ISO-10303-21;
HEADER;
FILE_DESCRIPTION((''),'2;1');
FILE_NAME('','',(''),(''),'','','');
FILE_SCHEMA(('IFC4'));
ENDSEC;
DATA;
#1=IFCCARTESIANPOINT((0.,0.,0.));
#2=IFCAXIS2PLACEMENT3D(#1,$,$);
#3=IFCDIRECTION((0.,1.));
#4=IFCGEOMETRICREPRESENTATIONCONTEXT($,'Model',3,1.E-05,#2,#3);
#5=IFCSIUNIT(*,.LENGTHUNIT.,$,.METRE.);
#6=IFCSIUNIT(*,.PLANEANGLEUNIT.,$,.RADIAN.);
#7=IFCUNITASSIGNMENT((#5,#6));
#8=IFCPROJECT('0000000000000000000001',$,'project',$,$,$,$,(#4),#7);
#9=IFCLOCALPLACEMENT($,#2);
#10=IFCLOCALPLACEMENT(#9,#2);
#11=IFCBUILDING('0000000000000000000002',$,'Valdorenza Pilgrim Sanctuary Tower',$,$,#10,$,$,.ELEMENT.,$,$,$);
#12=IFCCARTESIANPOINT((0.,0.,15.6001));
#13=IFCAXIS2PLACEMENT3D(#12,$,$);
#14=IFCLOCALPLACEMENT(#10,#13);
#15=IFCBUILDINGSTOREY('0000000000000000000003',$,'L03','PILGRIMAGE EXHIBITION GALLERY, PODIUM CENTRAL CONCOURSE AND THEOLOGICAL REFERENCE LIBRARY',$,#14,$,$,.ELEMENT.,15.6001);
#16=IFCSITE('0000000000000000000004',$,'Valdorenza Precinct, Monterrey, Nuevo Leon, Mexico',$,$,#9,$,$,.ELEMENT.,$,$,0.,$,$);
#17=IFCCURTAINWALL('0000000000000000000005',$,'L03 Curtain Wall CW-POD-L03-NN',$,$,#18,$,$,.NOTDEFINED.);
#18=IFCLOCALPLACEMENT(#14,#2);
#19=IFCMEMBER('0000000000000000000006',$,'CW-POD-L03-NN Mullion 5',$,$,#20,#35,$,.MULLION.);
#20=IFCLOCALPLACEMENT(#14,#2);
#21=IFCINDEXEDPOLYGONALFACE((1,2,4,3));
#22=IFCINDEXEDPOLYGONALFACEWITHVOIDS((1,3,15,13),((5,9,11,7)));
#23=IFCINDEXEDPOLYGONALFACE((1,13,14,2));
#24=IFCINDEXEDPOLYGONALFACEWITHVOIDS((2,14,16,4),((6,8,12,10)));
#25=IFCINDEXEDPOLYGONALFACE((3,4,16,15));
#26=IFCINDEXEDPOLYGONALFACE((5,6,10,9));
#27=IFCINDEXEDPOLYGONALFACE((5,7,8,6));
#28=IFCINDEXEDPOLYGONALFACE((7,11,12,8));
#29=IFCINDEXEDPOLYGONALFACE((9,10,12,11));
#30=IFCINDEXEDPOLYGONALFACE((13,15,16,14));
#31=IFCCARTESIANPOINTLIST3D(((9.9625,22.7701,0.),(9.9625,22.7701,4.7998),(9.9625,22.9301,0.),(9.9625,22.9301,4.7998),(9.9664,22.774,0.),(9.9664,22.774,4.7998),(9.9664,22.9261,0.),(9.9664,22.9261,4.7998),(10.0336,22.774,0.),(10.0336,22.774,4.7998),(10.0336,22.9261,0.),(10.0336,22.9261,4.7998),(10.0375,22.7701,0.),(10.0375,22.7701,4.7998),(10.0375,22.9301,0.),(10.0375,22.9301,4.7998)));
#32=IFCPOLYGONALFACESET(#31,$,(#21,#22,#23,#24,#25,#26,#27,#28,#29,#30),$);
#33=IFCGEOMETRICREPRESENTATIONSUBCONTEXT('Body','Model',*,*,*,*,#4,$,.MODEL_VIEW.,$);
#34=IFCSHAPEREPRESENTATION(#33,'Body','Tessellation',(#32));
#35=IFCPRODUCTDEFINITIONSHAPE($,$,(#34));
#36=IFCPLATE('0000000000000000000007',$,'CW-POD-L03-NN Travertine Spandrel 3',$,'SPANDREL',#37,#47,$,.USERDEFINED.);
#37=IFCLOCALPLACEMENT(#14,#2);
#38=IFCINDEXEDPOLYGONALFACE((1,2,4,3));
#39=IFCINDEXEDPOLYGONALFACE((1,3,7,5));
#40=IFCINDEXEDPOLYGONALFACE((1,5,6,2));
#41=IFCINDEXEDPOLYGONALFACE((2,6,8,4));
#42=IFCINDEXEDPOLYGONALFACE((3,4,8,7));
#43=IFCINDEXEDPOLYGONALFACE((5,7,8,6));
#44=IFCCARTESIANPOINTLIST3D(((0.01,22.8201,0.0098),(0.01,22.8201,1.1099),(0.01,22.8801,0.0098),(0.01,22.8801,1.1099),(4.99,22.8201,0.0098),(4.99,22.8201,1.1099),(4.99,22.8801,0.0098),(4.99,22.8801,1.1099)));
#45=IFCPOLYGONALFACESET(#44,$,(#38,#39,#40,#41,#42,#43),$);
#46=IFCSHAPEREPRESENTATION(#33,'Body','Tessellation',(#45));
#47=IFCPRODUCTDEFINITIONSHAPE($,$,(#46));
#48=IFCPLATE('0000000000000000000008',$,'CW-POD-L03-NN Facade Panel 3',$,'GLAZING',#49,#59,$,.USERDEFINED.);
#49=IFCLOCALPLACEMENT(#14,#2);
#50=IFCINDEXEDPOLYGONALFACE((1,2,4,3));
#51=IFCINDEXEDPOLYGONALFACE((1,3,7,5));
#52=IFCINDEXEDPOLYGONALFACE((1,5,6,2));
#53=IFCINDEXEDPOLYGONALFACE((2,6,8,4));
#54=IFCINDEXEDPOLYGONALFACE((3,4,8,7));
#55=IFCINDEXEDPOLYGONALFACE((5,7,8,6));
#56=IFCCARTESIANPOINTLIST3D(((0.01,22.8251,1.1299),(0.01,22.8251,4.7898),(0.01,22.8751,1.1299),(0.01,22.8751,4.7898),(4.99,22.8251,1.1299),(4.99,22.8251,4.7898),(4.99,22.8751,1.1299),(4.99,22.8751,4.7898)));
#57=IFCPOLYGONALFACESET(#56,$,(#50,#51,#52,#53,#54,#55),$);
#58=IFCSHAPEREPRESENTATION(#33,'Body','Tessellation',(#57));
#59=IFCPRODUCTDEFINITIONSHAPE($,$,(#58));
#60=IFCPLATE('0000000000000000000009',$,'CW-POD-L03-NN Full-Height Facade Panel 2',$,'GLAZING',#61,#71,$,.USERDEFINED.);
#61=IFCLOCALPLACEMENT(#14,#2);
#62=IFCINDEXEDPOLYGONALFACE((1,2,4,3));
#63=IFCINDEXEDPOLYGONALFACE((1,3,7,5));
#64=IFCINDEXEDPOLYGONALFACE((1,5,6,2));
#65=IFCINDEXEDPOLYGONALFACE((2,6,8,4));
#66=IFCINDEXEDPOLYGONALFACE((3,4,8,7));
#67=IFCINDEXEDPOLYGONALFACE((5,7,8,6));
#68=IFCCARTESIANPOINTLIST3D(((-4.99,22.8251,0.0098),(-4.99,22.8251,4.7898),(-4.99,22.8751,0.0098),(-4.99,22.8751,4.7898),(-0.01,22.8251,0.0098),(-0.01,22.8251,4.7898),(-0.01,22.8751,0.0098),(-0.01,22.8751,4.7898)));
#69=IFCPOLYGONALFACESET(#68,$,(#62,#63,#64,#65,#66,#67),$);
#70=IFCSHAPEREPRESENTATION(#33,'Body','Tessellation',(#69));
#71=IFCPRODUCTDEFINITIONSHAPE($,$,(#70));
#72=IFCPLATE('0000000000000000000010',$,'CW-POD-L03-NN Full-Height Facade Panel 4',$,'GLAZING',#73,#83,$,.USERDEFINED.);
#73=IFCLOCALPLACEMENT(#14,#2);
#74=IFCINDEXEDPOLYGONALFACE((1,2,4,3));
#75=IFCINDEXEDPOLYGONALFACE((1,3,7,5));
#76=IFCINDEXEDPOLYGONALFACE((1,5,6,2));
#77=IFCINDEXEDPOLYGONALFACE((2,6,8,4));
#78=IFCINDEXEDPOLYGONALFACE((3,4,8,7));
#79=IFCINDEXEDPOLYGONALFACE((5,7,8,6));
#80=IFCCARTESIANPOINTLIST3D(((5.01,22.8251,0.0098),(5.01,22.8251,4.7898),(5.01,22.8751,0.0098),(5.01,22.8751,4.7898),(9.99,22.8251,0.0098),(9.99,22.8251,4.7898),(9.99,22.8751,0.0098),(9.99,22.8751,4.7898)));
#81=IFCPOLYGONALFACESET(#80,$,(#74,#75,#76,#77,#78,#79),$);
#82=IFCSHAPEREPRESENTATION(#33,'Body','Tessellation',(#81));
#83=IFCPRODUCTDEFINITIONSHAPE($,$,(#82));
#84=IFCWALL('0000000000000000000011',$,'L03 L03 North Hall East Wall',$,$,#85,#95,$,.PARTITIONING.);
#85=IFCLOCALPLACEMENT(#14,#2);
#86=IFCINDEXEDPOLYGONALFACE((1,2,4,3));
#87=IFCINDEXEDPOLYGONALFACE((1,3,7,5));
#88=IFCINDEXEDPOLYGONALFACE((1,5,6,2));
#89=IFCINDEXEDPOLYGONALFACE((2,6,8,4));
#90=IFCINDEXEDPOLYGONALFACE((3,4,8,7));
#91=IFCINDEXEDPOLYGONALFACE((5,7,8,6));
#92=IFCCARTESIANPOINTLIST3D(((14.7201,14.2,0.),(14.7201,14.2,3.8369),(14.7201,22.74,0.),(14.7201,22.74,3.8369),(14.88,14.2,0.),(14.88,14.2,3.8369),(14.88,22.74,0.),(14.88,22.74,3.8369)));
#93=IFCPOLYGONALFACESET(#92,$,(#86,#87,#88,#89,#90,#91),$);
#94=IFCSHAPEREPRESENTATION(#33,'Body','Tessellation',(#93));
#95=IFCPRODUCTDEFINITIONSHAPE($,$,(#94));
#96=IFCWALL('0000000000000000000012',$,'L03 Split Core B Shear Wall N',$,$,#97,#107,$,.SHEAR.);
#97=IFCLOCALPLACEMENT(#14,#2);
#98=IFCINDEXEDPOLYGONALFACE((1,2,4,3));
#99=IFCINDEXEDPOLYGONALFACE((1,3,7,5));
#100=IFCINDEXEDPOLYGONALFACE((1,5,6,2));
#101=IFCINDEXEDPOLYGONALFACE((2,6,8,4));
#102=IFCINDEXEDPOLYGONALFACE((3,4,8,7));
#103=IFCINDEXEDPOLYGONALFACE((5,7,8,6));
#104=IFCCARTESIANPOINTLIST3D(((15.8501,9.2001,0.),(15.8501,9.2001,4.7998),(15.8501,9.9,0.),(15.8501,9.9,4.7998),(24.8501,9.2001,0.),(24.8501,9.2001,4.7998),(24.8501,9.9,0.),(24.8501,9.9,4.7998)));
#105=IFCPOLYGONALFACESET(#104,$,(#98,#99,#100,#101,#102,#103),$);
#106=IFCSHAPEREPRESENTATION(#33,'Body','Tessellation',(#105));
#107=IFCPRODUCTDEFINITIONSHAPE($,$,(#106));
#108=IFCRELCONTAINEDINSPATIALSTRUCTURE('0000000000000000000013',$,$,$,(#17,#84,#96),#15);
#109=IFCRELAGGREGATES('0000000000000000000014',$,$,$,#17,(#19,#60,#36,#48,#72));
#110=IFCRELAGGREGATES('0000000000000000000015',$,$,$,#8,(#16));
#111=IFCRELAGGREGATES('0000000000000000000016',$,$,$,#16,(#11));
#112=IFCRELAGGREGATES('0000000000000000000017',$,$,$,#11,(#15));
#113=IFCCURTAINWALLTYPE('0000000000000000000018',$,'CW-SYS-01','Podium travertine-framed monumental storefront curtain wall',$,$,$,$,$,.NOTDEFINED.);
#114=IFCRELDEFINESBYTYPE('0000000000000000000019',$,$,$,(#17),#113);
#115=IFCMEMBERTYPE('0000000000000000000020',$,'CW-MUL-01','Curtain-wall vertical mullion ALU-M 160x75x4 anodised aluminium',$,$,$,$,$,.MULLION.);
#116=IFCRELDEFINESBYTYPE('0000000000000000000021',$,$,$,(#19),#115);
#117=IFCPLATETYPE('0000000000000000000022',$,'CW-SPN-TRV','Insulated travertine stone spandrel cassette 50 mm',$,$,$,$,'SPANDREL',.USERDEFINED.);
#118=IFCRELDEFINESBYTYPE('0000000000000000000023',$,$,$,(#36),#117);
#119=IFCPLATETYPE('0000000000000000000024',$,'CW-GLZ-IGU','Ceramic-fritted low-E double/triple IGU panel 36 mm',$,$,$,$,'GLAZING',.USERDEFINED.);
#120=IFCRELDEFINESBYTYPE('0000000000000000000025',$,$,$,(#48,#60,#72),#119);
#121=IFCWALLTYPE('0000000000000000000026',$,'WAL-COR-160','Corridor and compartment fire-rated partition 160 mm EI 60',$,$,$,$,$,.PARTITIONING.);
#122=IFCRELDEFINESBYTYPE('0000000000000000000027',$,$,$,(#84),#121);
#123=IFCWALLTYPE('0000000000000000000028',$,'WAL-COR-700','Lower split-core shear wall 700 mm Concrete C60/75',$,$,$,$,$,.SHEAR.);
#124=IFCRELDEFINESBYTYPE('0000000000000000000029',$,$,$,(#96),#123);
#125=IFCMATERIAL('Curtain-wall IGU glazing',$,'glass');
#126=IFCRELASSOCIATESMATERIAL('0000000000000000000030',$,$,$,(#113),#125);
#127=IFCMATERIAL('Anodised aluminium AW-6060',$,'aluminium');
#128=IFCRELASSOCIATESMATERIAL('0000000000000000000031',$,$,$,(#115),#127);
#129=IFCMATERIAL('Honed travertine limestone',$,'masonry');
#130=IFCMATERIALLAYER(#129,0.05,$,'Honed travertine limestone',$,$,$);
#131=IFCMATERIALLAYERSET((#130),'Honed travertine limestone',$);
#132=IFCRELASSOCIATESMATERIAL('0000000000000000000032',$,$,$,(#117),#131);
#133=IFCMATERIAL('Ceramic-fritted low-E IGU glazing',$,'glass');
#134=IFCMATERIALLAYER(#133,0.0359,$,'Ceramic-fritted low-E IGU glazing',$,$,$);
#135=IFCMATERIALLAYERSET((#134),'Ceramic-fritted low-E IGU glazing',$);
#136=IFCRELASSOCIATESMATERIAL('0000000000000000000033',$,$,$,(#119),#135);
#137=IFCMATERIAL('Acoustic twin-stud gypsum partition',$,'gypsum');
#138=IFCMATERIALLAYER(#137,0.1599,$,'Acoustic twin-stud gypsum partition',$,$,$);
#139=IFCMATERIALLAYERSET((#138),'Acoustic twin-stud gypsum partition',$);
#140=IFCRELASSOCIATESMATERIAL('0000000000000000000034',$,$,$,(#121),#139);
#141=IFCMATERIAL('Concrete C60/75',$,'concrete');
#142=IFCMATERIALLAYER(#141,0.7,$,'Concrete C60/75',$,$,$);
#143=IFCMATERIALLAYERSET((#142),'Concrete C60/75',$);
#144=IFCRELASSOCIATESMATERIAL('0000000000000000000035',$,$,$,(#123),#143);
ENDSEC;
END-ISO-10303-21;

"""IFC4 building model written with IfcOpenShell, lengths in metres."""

from ifc_helpers import new_model, si_unit, direction, frame, frame_2d, origin, origin_2d, place, context, subcontext, project, spatial, rectangle, hollow_rectangle, extrude, source, transform, mapped, material, layer, layer_set, material_profile, profile_set, type_object, element, aggregate, save


model = new_model("IFC4")

# Units and contexts
model_context = context("Model", 3, precision=1e-05, world=origin(), true_north=direction((0.0, 1.0)))
body_context = subcontext(model_context, "Body", "Model", "MODEL_VIEW")
ifc_project = project(units=[si_unit("LENGTHUNIT", "METRE"), si_unit("PLANEANGLEUNIT", "RADIAN")], contexts=[model_context])

# Site, building, storey
site_placement = place(None, origin())
site = spatial("IfcSite", under=ifc_project, at=site_placement, Name="Valdorenza Precinct, Monterrey, Nuevo Leon, Mexico", CompositionType="ELEMENT", RefElevation=0.0)
building_placement = place(site_placement, origin())
building = spatial("IfcBuilding", under=site, at=building_placement, Name="Valdorenza Pilgrim Sanctuary Tower", CompositionType="ELEMENT")
storey_placement = place(building_placement, frame((0.0, 0.0, 15.6001)))
storey = spatial("IfcBuildingStorey", under=building, at=storey_placement, Name="L03", Description="PILGRIMAGE EXHIBITION GALLERY, PODIUM CENTRAL CONCOURSE AND THEOLOGICAL REFERENCE LIBRARY", CompositionType="ELEMENT", Elevation=15.6001)

# Shared definitions
ifc_material_1 = material(Name="Concrete C60/75", Category="concrete")

# Curtain wall, member, plates
ifc_material_2 = material(Name="Curtain-wall IGU glazing", Category="glass")
curtain_wall_type = type_object("IfcCurtainWallType", Name="CW-SYS-01", Description="Podium travertine-framed monumental storefront curtain wall", PredefinedType="NOTDEFINED", material=ifc_material_2)
curtain_wall_placement = place(storey_placement, origin())
curtain_wall = element("IfcCurtainWall", 1, at=curtain_wall_placement, inside=storey, type_object=curtain_wall_type, Name="L03 Curtain Wall CW-POD-L03-NN", PredefinedType="NOTDEFINED")
ifc_material_3 = material(Name="Anodised aluminium AW-6060", Category="aluminium")
ifc_material_profile_1 = material_profile(ifc_material_3, hollow_rectangle(XDim=0.075, YDim=0.1599, WallThickness=0.0039, at=origin_2d()), Name="ALU-M 160x75x4")
ifc_profile_set_1 = profile_set([ifc_material_profile_1], Name="Anodised aluminium AW-6060")
member_type = type_object("IfcMemberType", Name="CW-MUL-01", Description="Curtain-wall vertical mullion ALU-M 160x75x4 anodised aluminium", PredefinedType="MULLION", material=ifc_profile_set_1)
shared_shape_1 = source(origin(), body_context, "Body", "SweptSolid", [
    extrude(hollow_rectangle(XDim=0.075, YDim=0.1599, WallThickness=0.0039, at=origin_2d()), origin(), (0.0, 0.0, 1.0), 4.7998),
])
member_1_placement = place(storey_placement, frame((10.0, 22.8501, 0.0), z_axis=(0.0, 0.0, 1.0), x_axis=(1.0, 0.0, 0.0)))
member_1 = element("IfcMember", 2, at=member_1_placement, type_object=member_type, Name="CW-POD-L03-NN Mullion 5", PredefinedType="MULLION", context=body_context, shape_type="MappedRepresentation", body=[
    mapped(shared_shape_1, transform((0.0, 0.0, 0.0), x_axis=(1.0, 0.0, 0.0), y_axis=(0.0, 1.0, 0.0), z_axis=(0.0, 0.0, 1.0), scale=1.0)),
])
ifc_material_4 = material(Name="Honed travertine limestone", Category="masonry")
ifc_layer_1 = layer(ifc_material_4, 0.05, Name="Honed travertine limestone")
ifc_layer_set_1 = layer_set([ifc_layer_1], Name="Honed travertine limestone")
plate_type_1 = type_object("IfcPlateType", Name="CW-SPN-TRV", Description="Insulated travertine stone spandrel cassette 50 mm", ElementType="SPANDREL", PredefinedType="USERDEFINED", material=ifc_layer_set_1)
shared_shape_2 = source(origin(), body_context, "Body", "SweptSolid", [
    extrude(rectangle(XDim=4.98, YDim=0.0601, at=origin_2d()), origin(), (0.0, 0.0, 1.0), 1.1001),
])
plate_1_placement = place(storey_placement, frame((2.5, 22.8501, 0.0098), z_axis=(0.0, 0.0, 1.0), x_axis=(1.0, 0.0, 0.0)))
plate_1 = element("IfcPlate", 3, at=plate_1_placement, type_object=plate_type_1, Name="CW-POD-L03-NN Travertine Spandrel 3", ObjectType="SPANDREL", PredefinedType="USERDEFINED", context=body_context, shape_type="MappedRepresentation", body=[
    mapped(shared_shape_2, transform((0.0, 0.0, 0.0), x_axis=(1.0, 0.0, 0.0), y_axis=(0.0, 1.0, 0.0), z_axis=(0.0, 0.0, 1.0), scale=1.0)),
])
ifc_material_5 = material(Name="Ceramic-fritted low-E IGU glazing", Category="glass")
ifc_layer_2 = layer(ifc_material_5, 0.0359, Name="Ceramic-fritted low-E IGU glazing")
ifc_layer_set_2 = layer_set([ifc_layer_2], Name="Ceramic-fritted low-E IGU glazing")
plate_type_2 = type_object("IfcPlateType", Name="CW-GLZ-IGU", Description="Ceramic-fritted low-E double/triple IGU panel 36 mm", ElementType="GLAZING", PredefinedType="USERDEFINED", material=ifc_layer_set_2)
shared_shape_3 = source(origin(), body_context, "Body", "SweptSolid", [
    extrude(rectangle(XDim=4.98, YDim=0.05, at=origin_2d()), origin(), (0.0, 0.0, 1.0), 3.6599),
])
plate_2_placement = place(storey_placement, frame((2.5, 22.8501, 1.1299), z_axis=(0.0, 0.0, 1.0), x_axis=(1.0, 0.0, 0.0)))
plate_2 = element("IfcPlate", 4, at=plate_2_placement, type_object=plate_type_2, Name="CW-POD-L03-NN Facade Panel 3", ObjectType="GLAZING", PredefinedType="USERDEFINED", context=body_context, shape_type="MappedRepresentation", body=[
    mapped(shared_shape_3, transform((0.0, 0.0, 0.0), x_axis=(1.0, 0.0, 0.0), y_axis=(0.0, 1.0, 0.0), z_axis=(0.0, 0.0, 1.0), scale=1.0)),
])
shared_shape_4 = source(origin(), body_context, "Body", "SweptSolid", [
    extrude(rectangle(XDim=4.98, YDim=0.05, at=origin_2d()), origin(), (0.0, 0.0, 1.0), 4.78),
])
plate_3_placement = place(storey_placement, frame((-2.5, 22.8501, 0.0098), z_axis=(0.0, 0.0, 1.0), x_axis=(1.0, 0.0, 0.0)))
plate_3 = element("IfcPlate", 5, at=plate_3_placement, type_object=plate_type_2, Name="CW-POD-L03-NN Full-Height Facade Panel 2", ObjectType="GLAZING", PredefinedType="USERDEFINED", context=body_context, shape_type="MappedRepresentation", body=[
    mapped(shared_shape_4, transform((0.0, 0.0, 0.0), x_axis=(1.0, 0.0, 0.0), y_axis=(0.0, 1.0, 0.0), z_axis=(0.0, 0.0, 1.0), scale=1.0)),
])
plate_4_placement = place(storey_placement, frame((7.5, 22.8501, 0.0098), z_axis=(0.0, 0.0, 1.0), x_axis=(1.0, 0.0, 0.0)))
plate_4 = element("IfcPlate", 6, at=plate_4_placement, type_object=plate_type_2, Name="CW-POD-L03-NN Full-Height Facade Panel 4", ObjectType="GLAZING", PredefinedType="USERDEFINED", context=body_context, shape_type="MappedRepresentation", body=[
    mapped(shared_shape_4, transform((0.0, 0.0, 0.0), x_axis=(1.0, 0.0, 0.0), y_axis=(0.0, 1.0, 0.0), z_axis=(0.0, 0.0, 1.0), scale=1.0)),
])
aggregate(curtain_wall, [member_1, plate_3, plate_1, plate_2, plate_4])

# Walls
ifc_material_6 = material(Name="Acoustic twin-stud gypsum partition", Category="gypsum")
ifc_layer_3 = layer(ifc_material_6, 0.1599, Name="Acoustic twin-stud gypsum partition")
ifc_layer_set_3 = layer_set([ifc_layer_3], Name="Acoustic twin-stud gypsum partition")
wall_type_1 = type_object("IfcWallType", Name="WAL-COR-160", Description="Corridor and compartment fire-rated partition 160 mm EI 60", PredefinedType="PARTITIONING", material=ifc_layer_set_3)
wall_1_placement = place(storey_placement, frame((14.8, 14.2, 0.0), z_axis=(0.0, 0.0, 1.0), x_axis=(0.0, 1.0, 0.0)))
element("IfcWall", 7, at=wall_1_placement, inside=storey, type_object=wall_type_1, Name="L03 L03 North Hall East Wall", PredefinedType="PARTITIONING", context=body_context, shape_type="SweptSolid", body=[
    extrude(rectangle(XDim=8.54, YDim=0.1599, at=frame_2d((4.27, 0.0))), origin(), (0.0, 0.0, 1.0), 3.8369),
])
ifc_layer_4 = layer(ifc_material_1, 0.7, Name="Concrete C60/75")
ifc_layer_set_4 = layer_set([ifc_layer_4], Name="Concrete C60/75")
wall_type_2 = type_object("IfcWallType", Name="WAL-COR-700", Description="Lower split-core shear wall 700 mm Concrete C60/75", PredefinedType="SHEAR", material=ifc_layer_set_4)
wall_2_placement = place(storey_placement, frame((15.8501, 9.55, 0.0), z_axis=(0.0, 0.0, 1.0), x_axis=(1.0, 0.0, 0.0)))
element("IfcWall", 8, at=wall_2_placement, inside=storey, type_object=wall_type_2, Name="L03 Split Core B Shear Wall N", PredefinedType="SHEAR", context=body_context, shape_type="SweptSolid", body=[
    extrude(rectangle(XDim=9.0, YDim=0.7, at=frame_2d((4.5, 0.0))), origin(), (0.0, 0.0, 1.0), 4.7998),
])

save(model, "model.ifc")
